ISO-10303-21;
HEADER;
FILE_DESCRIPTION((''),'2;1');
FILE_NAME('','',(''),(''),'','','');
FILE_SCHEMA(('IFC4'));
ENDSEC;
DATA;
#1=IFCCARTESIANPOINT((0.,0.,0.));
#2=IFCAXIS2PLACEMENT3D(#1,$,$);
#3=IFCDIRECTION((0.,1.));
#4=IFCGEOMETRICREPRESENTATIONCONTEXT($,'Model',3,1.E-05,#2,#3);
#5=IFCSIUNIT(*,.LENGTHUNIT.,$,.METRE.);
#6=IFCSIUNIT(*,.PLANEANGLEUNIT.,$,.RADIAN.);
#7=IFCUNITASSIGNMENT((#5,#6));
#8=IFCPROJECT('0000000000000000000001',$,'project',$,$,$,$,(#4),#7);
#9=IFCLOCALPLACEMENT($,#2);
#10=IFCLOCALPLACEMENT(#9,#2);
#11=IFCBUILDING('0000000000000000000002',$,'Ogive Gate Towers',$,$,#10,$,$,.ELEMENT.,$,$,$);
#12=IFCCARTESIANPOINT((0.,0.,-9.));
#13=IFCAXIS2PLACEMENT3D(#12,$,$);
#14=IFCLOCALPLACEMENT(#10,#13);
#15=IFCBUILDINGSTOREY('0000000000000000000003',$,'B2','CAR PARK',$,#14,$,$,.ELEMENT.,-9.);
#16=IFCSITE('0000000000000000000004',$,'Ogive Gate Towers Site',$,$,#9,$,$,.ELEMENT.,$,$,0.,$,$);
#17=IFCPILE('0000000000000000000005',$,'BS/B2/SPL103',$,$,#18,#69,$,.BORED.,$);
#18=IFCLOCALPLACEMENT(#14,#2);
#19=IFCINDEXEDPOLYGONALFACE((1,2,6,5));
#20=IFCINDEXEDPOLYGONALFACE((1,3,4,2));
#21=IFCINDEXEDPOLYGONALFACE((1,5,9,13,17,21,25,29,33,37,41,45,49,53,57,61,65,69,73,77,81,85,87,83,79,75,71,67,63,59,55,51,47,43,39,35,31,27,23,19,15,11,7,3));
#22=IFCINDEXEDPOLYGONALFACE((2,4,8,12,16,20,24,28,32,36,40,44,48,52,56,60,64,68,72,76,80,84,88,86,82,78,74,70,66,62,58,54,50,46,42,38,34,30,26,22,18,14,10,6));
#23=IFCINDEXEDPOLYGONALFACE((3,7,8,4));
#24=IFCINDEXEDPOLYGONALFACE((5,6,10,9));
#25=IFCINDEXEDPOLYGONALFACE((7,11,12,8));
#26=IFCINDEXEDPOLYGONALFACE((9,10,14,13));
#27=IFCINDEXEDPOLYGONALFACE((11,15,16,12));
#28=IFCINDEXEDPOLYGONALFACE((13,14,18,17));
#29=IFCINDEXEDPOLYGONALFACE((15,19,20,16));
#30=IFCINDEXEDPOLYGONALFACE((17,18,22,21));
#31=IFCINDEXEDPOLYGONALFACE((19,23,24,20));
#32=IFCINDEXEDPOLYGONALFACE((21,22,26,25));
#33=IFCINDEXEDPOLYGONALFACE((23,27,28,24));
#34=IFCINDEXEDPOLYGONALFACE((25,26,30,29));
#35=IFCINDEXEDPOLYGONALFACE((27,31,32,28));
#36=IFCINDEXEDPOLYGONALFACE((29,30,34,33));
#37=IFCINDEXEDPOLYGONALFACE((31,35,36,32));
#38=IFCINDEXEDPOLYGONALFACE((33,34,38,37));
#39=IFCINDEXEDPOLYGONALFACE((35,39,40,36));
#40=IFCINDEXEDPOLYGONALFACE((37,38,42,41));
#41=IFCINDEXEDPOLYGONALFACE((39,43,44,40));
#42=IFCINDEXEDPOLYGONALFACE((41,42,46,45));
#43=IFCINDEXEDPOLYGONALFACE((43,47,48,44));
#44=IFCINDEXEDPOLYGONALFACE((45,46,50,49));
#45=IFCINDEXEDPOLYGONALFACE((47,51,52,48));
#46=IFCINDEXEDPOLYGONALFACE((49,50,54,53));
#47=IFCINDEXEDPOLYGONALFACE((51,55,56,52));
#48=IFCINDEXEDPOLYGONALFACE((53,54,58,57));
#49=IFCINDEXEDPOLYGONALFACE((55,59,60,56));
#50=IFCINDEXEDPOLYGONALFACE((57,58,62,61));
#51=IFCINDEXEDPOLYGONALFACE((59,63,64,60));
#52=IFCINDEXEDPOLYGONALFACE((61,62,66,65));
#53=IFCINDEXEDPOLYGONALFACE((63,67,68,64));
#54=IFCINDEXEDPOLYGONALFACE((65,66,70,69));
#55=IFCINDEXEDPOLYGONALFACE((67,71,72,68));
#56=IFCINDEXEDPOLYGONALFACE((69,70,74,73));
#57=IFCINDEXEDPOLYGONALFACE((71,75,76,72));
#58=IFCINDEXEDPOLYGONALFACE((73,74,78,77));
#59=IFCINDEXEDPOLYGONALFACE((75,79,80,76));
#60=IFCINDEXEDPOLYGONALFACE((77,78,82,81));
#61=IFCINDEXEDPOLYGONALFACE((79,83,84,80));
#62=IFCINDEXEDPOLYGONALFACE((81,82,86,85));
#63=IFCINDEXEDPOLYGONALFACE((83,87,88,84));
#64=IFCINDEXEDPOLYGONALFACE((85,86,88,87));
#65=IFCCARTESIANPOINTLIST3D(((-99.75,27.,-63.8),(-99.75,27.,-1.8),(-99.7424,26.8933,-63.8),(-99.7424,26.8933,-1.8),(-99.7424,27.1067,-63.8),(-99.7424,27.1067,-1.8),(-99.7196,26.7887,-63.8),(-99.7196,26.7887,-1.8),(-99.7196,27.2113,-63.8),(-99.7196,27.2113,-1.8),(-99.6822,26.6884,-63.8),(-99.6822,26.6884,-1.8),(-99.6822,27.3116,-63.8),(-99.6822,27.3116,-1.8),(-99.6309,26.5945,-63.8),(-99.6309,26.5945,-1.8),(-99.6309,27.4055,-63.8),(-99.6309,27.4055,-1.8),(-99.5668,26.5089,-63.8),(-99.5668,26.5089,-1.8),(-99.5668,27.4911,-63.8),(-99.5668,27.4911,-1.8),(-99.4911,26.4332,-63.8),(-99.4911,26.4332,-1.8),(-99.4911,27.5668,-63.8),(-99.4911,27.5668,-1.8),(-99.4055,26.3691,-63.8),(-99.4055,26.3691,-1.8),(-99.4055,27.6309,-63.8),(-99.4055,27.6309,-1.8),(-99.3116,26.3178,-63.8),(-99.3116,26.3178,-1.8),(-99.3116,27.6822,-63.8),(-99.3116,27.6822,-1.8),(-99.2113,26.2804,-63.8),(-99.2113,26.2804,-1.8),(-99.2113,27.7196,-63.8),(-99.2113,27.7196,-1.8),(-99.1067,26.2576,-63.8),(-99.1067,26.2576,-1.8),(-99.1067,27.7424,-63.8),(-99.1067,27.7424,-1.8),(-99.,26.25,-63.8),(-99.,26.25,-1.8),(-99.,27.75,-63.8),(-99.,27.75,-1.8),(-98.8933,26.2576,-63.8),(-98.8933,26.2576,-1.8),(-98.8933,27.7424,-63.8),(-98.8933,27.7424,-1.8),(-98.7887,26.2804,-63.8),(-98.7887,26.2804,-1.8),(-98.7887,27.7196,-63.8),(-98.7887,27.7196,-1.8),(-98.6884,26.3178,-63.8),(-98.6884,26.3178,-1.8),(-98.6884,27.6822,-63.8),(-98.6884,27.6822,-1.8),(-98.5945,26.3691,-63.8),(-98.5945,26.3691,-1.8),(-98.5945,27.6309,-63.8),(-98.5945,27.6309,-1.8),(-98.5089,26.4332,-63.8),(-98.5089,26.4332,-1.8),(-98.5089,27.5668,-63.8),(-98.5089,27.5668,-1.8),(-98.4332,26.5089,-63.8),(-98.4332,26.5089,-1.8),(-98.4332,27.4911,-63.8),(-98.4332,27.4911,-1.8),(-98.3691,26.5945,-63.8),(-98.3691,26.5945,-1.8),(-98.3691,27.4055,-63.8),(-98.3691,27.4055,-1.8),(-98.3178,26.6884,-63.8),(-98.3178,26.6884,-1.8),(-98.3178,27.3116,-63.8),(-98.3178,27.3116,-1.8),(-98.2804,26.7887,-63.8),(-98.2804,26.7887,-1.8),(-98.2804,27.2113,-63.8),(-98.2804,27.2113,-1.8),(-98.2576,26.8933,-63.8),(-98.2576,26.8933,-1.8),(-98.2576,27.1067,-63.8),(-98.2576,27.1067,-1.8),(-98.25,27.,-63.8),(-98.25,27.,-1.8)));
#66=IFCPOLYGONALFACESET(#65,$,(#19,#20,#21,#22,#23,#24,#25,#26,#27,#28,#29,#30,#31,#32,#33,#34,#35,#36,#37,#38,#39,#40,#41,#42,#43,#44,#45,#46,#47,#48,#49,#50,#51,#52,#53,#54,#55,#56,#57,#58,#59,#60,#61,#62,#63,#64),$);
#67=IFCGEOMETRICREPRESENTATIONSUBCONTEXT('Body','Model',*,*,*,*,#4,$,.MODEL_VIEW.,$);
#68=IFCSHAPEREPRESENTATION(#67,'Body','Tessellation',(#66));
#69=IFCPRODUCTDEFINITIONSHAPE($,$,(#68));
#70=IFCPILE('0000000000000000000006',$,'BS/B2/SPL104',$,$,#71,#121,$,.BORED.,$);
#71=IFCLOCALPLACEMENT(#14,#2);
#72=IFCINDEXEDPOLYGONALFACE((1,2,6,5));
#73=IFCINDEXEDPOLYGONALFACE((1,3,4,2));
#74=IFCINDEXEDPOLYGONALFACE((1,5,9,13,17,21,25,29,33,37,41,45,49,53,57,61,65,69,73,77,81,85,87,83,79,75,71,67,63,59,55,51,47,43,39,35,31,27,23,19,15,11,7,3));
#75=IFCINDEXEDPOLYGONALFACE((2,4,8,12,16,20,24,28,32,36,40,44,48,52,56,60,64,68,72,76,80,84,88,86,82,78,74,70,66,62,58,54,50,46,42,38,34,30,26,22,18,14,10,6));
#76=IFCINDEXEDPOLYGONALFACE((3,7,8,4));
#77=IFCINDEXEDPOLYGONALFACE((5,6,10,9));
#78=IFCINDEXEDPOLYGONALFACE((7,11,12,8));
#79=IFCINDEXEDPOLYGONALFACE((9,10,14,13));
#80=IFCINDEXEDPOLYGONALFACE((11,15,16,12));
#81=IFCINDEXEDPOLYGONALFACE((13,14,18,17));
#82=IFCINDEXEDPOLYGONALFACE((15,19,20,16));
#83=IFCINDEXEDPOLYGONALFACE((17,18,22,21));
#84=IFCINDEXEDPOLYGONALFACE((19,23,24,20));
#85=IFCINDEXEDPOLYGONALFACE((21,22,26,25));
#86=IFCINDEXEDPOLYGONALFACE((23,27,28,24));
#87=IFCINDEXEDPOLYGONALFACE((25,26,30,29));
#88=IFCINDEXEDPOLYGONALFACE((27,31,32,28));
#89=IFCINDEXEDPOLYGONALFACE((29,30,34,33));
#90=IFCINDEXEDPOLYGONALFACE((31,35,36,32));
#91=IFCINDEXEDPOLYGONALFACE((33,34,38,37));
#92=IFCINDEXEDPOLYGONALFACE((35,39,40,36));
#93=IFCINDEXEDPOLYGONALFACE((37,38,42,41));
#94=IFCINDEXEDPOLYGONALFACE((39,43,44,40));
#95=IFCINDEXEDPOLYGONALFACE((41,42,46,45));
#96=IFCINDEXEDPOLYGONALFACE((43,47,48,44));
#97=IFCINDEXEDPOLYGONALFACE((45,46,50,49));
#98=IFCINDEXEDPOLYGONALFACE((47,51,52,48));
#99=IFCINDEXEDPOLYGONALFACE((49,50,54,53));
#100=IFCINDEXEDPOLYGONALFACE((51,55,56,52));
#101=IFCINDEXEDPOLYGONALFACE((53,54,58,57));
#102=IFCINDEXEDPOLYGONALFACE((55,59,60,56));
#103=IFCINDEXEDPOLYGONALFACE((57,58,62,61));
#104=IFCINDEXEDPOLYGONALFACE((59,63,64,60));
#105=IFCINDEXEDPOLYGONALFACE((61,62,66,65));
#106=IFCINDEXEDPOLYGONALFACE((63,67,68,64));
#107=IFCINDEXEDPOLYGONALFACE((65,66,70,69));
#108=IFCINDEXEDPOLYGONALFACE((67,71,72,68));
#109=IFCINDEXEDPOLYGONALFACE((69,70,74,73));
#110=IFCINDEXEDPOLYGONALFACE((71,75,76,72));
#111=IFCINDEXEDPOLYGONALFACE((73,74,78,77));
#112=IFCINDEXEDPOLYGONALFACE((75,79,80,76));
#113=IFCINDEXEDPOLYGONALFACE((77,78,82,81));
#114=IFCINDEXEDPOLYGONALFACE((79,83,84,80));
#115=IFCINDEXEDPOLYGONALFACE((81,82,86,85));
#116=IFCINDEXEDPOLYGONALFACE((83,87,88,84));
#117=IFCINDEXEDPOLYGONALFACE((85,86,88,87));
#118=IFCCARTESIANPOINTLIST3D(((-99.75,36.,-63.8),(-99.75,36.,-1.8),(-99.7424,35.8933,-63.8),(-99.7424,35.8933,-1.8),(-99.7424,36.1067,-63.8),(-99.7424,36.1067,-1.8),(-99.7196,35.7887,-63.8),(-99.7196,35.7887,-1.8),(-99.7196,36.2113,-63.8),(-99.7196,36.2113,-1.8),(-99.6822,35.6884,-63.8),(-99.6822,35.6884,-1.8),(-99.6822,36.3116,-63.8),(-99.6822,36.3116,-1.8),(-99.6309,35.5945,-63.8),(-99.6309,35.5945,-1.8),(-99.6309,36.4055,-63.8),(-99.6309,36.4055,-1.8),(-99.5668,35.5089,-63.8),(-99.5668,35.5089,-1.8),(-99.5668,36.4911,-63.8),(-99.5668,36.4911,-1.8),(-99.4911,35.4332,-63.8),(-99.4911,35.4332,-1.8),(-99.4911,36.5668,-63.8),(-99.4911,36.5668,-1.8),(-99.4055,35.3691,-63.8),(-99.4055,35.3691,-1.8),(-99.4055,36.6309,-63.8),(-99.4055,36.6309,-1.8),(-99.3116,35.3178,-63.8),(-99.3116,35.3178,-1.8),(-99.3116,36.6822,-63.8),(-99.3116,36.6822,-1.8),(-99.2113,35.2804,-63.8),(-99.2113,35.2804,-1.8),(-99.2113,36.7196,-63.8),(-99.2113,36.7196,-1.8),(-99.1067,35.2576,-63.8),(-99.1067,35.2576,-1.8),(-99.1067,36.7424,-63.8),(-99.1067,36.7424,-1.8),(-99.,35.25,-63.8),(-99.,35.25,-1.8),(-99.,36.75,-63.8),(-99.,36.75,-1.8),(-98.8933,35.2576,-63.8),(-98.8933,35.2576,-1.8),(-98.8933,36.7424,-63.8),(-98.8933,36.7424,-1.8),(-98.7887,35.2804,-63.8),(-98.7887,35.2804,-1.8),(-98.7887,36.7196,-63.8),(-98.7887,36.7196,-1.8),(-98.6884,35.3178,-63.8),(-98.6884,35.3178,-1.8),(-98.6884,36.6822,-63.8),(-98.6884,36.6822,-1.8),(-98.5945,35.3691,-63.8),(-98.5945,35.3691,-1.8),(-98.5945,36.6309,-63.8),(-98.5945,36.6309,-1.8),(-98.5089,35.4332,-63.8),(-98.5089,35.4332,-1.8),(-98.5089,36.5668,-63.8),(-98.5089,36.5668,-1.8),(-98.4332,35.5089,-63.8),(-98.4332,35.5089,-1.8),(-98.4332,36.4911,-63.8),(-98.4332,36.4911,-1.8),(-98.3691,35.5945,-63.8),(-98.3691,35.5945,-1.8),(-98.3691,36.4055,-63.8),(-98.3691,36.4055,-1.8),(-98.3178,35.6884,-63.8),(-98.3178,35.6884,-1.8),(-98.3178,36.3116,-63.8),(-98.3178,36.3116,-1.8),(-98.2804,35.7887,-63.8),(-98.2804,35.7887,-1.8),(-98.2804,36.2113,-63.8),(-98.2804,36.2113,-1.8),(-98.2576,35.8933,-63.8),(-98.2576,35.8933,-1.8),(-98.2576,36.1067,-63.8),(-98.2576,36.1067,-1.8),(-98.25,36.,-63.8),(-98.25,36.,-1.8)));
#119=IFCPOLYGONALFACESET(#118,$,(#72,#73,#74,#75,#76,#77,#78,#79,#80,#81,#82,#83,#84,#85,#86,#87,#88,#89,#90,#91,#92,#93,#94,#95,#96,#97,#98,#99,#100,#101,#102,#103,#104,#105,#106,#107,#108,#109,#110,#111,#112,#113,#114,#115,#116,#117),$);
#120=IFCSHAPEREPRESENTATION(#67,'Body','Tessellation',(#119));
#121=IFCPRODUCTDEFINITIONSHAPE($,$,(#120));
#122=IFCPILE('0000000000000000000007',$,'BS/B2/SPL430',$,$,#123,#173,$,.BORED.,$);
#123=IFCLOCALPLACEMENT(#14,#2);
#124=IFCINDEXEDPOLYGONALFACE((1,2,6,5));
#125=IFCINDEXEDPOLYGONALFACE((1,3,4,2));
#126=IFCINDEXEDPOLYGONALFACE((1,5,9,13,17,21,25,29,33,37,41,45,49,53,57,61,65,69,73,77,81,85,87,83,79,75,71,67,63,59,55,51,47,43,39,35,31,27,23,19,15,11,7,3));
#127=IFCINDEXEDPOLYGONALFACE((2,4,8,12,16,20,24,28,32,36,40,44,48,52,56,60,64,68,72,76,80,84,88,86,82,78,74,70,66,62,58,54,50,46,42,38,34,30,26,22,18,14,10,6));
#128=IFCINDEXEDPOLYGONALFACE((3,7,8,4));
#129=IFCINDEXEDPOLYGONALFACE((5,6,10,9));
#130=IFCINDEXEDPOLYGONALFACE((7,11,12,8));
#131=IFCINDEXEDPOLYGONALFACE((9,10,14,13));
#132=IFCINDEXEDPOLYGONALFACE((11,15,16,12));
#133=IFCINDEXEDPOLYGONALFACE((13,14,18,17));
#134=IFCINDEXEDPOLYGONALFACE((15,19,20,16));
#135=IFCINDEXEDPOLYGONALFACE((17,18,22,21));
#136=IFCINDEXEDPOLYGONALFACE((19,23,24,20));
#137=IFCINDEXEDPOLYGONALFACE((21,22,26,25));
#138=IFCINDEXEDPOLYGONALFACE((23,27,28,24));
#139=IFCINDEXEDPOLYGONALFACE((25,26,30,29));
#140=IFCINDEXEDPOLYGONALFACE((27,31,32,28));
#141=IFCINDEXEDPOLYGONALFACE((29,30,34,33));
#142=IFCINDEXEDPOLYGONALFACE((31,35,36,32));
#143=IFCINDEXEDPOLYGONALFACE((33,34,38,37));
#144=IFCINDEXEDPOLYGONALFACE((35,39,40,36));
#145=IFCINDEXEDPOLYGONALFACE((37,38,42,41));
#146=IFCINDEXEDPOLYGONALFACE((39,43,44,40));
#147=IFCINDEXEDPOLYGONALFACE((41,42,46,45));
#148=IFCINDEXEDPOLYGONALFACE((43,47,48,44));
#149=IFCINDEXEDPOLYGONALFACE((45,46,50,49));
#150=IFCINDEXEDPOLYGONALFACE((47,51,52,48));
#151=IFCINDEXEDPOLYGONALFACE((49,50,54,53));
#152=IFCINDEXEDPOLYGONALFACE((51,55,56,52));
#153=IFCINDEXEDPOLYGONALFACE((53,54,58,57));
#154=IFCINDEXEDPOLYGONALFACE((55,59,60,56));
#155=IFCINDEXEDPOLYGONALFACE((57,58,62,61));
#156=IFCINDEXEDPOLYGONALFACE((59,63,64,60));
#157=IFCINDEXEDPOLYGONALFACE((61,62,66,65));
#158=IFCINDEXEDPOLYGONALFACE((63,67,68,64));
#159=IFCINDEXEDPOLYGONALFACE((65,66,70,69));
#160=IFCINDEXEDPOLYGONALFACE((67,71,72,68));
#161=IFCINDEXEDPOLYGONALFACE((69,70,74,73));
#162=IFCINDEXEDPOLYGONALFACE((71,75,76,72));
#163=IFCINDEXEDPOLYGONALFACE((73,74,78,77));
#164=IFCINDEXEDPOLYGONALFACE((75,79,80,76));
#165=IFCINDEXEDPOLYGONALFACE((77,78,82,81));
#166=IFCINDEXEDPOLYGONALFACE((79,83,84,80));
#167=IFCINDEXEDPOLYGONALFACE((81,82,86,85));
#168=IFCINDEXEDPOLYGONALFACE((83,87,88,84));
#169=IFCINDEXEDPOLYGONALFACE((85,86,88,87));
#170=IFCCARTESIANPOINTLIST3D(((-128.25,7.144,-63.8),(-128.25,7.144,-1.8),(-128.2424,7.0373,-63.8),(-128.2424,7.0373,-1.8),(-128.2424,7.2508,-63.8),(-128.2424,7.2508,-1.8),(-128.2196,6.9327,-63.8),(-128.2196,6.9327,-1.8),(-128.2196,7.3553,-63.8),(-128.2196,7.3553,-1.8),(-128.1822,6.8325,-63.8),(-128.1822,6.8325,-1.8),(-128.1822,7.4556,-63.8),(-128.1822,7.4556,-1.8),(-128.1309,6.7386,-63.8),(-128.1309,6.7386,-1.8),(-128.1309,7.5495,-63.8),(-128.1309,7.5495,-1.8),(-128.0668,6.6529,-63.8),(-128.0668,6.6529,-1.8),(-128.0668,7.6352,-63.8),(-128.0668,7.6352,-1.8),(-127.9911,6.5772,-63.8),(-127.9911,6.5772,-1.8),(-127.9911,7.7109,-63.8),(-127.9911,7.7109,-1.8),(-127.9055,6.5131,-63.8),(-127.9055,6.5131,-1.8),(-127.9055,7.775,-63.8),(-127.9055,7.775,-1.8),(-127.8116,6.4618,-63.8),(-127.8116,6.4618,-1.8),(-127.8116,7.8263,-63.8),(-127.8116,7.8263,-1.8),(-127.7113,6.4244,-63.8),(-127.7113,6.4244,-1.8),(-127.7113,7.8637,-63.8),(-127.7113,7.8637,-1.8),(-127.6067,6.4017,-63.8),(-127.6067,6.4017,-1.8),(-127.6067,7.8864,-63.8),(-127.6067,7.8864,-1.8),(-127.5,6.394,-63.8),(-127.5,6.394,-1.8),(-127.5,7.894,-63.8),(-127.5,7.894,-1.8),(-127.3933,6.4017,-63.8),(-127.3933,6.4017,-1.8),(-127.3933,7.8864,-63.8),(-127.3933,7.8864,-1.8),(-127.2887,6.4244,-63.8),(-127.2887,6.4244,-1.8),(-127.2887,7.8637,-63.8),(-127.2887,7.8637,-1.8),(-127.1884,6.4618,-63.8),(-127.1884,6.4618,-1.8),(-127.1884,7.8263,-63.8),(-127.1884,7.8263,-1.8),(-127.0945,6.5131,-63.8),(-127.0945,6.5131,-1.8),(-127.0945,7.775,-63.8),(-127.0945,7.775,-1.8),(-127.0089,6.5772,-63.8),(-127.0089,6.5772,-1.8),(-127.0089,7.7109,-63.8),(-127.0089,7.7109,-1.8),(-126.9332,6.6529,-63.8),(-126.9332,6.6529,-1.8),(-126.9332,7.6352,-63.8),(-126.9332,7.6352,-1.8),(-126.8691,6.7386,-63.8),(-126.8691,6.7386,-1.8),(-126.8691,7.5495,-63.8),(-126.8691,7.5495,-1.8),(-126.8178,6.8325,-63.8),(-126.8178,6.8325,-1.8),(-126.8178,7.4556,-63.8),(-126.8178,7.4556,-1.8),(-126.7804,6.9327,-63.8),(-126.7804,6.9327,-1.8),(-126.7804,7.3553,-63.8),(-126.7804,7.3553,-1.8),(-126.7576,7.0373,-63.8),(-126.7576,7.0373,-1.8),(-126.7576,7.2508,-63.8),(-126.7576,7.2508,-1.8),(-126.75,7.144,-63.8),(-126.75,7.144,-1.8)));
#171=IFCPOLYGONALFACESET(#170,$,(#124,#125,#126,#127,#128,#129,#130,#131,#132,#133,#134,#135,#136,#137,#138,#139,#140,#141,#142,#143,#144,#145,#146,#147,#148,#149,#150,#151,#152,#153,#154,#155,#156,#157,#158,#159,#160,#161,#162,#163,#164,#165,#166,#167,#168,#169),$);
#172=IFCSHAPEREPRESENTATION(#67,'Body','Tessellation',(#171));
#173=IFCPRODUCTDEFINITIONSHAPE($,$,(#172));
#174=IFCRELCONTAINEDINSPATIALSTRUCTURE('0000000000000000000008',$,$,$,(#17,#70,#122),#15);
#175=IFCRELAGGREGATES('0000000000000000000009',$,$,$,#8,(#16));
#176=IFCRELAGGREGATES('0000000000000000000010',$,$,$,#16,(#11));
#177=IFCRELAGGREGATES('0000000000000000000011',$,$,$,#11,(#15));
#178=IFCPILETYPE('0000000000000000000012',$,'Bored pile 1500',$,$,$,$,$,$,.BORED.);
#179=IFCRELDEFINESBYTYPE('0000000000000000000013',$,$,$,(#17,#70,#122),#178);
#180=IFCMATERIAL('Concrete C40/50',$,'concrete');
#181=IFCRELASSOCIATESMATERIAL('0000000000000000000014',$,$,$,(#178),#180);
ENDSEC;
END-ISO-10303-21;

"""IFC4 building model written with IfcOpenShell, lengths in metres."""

from ifc_helpers import new_model, si_unit, direction, frame, origin, origin_2d, place, context, subcontext, project, spatial, circle, extrude, material, material_profile, profile_set, type_object, element, save


model = new_model("IFC4")

# Units and contexts
model_context = context("Model", 3, precision=1e-05, world=origin(), true_north=direction((0.0, 1.0)))
body_context = subcontext(model_context, "Body", "Model", "MODEL_VIEW")
ifc_project = project(units=[si_unit("LENGTHUNIT", "METRE"), si_unit("PLANEANGLEUNIT", "RADIAN")], contexts=[model_context])

# Site, building, storey
site_placement = place(None, origin())
site = spatial("IfcSite", under=ifc_project, at=site_placement, Name="Ogive Gate Towers Site", CompositionType="ELEMENT", RefElevation=0.0)
building_placement = place(site_placement, origin())
building = spatial("IfcBuilding", under=site, at=building_placement, Name="Ogive Gate Towers", CompositionType="ELEMENT")
storey_placement = place(building_placement, frame((0.0, 0.0, -9.0)))
storey = spatial("IfcBuildingStorey", under=building, at=storey_placement, Name="B2", Description="CAR PARK", CompositionType="ELEMENT", Elevation=-9.0)

# Piles
ifc_material_1 = material(Name="Concrete C40/50", Category="concrete")
ifc_material_profile_1 = material_profile(ifc_material_1, circle(Radius=0.75, at=origin_2d()), Name="BP 1500")
ifc_profile_set_1 = profile_set([ifc_material_profile_1], Name="Concrete C40/50")
pile_type = type_object("IfcPileType", Name="Bored pile 1500", PredefinedType="BORED", material=ifc_profile_set_1)
for number, where, z_axis, x_axis, name in (
    (1, (-99.0, 27.0, -1.8), (0.0, 0.0, -1.0), (1.0, 0.0, 0.0), "BS/B2/SPL103"),
    (2, (-99.0, 36.0, -1.8), (0.0, 0.0, -1.0), (1.0, 0.0, 0.0), "BS/B2/SPL104"),
    (3, (-127.5, 7.144, -1.8), (0.0, 0.0, -1.0), (1.0, 0.0, 0.0), "BS/B2/SPL430"),
):
    element("IfcPile", number, at=place(storey_placement, frame(where, z_axis=z_axis, x_axis=x_axis)), inside=storey, type_object=pile_type, Name=name, PredefinedType="BORED", context=body_context, shape_type="SweptSolid", body=[
        extrude(circle(Radius=0.75, at=origin_2d()), origin(), (0.0, 0.0, 1.0), 62.0),
    ])

save(model, "model.ifc")
